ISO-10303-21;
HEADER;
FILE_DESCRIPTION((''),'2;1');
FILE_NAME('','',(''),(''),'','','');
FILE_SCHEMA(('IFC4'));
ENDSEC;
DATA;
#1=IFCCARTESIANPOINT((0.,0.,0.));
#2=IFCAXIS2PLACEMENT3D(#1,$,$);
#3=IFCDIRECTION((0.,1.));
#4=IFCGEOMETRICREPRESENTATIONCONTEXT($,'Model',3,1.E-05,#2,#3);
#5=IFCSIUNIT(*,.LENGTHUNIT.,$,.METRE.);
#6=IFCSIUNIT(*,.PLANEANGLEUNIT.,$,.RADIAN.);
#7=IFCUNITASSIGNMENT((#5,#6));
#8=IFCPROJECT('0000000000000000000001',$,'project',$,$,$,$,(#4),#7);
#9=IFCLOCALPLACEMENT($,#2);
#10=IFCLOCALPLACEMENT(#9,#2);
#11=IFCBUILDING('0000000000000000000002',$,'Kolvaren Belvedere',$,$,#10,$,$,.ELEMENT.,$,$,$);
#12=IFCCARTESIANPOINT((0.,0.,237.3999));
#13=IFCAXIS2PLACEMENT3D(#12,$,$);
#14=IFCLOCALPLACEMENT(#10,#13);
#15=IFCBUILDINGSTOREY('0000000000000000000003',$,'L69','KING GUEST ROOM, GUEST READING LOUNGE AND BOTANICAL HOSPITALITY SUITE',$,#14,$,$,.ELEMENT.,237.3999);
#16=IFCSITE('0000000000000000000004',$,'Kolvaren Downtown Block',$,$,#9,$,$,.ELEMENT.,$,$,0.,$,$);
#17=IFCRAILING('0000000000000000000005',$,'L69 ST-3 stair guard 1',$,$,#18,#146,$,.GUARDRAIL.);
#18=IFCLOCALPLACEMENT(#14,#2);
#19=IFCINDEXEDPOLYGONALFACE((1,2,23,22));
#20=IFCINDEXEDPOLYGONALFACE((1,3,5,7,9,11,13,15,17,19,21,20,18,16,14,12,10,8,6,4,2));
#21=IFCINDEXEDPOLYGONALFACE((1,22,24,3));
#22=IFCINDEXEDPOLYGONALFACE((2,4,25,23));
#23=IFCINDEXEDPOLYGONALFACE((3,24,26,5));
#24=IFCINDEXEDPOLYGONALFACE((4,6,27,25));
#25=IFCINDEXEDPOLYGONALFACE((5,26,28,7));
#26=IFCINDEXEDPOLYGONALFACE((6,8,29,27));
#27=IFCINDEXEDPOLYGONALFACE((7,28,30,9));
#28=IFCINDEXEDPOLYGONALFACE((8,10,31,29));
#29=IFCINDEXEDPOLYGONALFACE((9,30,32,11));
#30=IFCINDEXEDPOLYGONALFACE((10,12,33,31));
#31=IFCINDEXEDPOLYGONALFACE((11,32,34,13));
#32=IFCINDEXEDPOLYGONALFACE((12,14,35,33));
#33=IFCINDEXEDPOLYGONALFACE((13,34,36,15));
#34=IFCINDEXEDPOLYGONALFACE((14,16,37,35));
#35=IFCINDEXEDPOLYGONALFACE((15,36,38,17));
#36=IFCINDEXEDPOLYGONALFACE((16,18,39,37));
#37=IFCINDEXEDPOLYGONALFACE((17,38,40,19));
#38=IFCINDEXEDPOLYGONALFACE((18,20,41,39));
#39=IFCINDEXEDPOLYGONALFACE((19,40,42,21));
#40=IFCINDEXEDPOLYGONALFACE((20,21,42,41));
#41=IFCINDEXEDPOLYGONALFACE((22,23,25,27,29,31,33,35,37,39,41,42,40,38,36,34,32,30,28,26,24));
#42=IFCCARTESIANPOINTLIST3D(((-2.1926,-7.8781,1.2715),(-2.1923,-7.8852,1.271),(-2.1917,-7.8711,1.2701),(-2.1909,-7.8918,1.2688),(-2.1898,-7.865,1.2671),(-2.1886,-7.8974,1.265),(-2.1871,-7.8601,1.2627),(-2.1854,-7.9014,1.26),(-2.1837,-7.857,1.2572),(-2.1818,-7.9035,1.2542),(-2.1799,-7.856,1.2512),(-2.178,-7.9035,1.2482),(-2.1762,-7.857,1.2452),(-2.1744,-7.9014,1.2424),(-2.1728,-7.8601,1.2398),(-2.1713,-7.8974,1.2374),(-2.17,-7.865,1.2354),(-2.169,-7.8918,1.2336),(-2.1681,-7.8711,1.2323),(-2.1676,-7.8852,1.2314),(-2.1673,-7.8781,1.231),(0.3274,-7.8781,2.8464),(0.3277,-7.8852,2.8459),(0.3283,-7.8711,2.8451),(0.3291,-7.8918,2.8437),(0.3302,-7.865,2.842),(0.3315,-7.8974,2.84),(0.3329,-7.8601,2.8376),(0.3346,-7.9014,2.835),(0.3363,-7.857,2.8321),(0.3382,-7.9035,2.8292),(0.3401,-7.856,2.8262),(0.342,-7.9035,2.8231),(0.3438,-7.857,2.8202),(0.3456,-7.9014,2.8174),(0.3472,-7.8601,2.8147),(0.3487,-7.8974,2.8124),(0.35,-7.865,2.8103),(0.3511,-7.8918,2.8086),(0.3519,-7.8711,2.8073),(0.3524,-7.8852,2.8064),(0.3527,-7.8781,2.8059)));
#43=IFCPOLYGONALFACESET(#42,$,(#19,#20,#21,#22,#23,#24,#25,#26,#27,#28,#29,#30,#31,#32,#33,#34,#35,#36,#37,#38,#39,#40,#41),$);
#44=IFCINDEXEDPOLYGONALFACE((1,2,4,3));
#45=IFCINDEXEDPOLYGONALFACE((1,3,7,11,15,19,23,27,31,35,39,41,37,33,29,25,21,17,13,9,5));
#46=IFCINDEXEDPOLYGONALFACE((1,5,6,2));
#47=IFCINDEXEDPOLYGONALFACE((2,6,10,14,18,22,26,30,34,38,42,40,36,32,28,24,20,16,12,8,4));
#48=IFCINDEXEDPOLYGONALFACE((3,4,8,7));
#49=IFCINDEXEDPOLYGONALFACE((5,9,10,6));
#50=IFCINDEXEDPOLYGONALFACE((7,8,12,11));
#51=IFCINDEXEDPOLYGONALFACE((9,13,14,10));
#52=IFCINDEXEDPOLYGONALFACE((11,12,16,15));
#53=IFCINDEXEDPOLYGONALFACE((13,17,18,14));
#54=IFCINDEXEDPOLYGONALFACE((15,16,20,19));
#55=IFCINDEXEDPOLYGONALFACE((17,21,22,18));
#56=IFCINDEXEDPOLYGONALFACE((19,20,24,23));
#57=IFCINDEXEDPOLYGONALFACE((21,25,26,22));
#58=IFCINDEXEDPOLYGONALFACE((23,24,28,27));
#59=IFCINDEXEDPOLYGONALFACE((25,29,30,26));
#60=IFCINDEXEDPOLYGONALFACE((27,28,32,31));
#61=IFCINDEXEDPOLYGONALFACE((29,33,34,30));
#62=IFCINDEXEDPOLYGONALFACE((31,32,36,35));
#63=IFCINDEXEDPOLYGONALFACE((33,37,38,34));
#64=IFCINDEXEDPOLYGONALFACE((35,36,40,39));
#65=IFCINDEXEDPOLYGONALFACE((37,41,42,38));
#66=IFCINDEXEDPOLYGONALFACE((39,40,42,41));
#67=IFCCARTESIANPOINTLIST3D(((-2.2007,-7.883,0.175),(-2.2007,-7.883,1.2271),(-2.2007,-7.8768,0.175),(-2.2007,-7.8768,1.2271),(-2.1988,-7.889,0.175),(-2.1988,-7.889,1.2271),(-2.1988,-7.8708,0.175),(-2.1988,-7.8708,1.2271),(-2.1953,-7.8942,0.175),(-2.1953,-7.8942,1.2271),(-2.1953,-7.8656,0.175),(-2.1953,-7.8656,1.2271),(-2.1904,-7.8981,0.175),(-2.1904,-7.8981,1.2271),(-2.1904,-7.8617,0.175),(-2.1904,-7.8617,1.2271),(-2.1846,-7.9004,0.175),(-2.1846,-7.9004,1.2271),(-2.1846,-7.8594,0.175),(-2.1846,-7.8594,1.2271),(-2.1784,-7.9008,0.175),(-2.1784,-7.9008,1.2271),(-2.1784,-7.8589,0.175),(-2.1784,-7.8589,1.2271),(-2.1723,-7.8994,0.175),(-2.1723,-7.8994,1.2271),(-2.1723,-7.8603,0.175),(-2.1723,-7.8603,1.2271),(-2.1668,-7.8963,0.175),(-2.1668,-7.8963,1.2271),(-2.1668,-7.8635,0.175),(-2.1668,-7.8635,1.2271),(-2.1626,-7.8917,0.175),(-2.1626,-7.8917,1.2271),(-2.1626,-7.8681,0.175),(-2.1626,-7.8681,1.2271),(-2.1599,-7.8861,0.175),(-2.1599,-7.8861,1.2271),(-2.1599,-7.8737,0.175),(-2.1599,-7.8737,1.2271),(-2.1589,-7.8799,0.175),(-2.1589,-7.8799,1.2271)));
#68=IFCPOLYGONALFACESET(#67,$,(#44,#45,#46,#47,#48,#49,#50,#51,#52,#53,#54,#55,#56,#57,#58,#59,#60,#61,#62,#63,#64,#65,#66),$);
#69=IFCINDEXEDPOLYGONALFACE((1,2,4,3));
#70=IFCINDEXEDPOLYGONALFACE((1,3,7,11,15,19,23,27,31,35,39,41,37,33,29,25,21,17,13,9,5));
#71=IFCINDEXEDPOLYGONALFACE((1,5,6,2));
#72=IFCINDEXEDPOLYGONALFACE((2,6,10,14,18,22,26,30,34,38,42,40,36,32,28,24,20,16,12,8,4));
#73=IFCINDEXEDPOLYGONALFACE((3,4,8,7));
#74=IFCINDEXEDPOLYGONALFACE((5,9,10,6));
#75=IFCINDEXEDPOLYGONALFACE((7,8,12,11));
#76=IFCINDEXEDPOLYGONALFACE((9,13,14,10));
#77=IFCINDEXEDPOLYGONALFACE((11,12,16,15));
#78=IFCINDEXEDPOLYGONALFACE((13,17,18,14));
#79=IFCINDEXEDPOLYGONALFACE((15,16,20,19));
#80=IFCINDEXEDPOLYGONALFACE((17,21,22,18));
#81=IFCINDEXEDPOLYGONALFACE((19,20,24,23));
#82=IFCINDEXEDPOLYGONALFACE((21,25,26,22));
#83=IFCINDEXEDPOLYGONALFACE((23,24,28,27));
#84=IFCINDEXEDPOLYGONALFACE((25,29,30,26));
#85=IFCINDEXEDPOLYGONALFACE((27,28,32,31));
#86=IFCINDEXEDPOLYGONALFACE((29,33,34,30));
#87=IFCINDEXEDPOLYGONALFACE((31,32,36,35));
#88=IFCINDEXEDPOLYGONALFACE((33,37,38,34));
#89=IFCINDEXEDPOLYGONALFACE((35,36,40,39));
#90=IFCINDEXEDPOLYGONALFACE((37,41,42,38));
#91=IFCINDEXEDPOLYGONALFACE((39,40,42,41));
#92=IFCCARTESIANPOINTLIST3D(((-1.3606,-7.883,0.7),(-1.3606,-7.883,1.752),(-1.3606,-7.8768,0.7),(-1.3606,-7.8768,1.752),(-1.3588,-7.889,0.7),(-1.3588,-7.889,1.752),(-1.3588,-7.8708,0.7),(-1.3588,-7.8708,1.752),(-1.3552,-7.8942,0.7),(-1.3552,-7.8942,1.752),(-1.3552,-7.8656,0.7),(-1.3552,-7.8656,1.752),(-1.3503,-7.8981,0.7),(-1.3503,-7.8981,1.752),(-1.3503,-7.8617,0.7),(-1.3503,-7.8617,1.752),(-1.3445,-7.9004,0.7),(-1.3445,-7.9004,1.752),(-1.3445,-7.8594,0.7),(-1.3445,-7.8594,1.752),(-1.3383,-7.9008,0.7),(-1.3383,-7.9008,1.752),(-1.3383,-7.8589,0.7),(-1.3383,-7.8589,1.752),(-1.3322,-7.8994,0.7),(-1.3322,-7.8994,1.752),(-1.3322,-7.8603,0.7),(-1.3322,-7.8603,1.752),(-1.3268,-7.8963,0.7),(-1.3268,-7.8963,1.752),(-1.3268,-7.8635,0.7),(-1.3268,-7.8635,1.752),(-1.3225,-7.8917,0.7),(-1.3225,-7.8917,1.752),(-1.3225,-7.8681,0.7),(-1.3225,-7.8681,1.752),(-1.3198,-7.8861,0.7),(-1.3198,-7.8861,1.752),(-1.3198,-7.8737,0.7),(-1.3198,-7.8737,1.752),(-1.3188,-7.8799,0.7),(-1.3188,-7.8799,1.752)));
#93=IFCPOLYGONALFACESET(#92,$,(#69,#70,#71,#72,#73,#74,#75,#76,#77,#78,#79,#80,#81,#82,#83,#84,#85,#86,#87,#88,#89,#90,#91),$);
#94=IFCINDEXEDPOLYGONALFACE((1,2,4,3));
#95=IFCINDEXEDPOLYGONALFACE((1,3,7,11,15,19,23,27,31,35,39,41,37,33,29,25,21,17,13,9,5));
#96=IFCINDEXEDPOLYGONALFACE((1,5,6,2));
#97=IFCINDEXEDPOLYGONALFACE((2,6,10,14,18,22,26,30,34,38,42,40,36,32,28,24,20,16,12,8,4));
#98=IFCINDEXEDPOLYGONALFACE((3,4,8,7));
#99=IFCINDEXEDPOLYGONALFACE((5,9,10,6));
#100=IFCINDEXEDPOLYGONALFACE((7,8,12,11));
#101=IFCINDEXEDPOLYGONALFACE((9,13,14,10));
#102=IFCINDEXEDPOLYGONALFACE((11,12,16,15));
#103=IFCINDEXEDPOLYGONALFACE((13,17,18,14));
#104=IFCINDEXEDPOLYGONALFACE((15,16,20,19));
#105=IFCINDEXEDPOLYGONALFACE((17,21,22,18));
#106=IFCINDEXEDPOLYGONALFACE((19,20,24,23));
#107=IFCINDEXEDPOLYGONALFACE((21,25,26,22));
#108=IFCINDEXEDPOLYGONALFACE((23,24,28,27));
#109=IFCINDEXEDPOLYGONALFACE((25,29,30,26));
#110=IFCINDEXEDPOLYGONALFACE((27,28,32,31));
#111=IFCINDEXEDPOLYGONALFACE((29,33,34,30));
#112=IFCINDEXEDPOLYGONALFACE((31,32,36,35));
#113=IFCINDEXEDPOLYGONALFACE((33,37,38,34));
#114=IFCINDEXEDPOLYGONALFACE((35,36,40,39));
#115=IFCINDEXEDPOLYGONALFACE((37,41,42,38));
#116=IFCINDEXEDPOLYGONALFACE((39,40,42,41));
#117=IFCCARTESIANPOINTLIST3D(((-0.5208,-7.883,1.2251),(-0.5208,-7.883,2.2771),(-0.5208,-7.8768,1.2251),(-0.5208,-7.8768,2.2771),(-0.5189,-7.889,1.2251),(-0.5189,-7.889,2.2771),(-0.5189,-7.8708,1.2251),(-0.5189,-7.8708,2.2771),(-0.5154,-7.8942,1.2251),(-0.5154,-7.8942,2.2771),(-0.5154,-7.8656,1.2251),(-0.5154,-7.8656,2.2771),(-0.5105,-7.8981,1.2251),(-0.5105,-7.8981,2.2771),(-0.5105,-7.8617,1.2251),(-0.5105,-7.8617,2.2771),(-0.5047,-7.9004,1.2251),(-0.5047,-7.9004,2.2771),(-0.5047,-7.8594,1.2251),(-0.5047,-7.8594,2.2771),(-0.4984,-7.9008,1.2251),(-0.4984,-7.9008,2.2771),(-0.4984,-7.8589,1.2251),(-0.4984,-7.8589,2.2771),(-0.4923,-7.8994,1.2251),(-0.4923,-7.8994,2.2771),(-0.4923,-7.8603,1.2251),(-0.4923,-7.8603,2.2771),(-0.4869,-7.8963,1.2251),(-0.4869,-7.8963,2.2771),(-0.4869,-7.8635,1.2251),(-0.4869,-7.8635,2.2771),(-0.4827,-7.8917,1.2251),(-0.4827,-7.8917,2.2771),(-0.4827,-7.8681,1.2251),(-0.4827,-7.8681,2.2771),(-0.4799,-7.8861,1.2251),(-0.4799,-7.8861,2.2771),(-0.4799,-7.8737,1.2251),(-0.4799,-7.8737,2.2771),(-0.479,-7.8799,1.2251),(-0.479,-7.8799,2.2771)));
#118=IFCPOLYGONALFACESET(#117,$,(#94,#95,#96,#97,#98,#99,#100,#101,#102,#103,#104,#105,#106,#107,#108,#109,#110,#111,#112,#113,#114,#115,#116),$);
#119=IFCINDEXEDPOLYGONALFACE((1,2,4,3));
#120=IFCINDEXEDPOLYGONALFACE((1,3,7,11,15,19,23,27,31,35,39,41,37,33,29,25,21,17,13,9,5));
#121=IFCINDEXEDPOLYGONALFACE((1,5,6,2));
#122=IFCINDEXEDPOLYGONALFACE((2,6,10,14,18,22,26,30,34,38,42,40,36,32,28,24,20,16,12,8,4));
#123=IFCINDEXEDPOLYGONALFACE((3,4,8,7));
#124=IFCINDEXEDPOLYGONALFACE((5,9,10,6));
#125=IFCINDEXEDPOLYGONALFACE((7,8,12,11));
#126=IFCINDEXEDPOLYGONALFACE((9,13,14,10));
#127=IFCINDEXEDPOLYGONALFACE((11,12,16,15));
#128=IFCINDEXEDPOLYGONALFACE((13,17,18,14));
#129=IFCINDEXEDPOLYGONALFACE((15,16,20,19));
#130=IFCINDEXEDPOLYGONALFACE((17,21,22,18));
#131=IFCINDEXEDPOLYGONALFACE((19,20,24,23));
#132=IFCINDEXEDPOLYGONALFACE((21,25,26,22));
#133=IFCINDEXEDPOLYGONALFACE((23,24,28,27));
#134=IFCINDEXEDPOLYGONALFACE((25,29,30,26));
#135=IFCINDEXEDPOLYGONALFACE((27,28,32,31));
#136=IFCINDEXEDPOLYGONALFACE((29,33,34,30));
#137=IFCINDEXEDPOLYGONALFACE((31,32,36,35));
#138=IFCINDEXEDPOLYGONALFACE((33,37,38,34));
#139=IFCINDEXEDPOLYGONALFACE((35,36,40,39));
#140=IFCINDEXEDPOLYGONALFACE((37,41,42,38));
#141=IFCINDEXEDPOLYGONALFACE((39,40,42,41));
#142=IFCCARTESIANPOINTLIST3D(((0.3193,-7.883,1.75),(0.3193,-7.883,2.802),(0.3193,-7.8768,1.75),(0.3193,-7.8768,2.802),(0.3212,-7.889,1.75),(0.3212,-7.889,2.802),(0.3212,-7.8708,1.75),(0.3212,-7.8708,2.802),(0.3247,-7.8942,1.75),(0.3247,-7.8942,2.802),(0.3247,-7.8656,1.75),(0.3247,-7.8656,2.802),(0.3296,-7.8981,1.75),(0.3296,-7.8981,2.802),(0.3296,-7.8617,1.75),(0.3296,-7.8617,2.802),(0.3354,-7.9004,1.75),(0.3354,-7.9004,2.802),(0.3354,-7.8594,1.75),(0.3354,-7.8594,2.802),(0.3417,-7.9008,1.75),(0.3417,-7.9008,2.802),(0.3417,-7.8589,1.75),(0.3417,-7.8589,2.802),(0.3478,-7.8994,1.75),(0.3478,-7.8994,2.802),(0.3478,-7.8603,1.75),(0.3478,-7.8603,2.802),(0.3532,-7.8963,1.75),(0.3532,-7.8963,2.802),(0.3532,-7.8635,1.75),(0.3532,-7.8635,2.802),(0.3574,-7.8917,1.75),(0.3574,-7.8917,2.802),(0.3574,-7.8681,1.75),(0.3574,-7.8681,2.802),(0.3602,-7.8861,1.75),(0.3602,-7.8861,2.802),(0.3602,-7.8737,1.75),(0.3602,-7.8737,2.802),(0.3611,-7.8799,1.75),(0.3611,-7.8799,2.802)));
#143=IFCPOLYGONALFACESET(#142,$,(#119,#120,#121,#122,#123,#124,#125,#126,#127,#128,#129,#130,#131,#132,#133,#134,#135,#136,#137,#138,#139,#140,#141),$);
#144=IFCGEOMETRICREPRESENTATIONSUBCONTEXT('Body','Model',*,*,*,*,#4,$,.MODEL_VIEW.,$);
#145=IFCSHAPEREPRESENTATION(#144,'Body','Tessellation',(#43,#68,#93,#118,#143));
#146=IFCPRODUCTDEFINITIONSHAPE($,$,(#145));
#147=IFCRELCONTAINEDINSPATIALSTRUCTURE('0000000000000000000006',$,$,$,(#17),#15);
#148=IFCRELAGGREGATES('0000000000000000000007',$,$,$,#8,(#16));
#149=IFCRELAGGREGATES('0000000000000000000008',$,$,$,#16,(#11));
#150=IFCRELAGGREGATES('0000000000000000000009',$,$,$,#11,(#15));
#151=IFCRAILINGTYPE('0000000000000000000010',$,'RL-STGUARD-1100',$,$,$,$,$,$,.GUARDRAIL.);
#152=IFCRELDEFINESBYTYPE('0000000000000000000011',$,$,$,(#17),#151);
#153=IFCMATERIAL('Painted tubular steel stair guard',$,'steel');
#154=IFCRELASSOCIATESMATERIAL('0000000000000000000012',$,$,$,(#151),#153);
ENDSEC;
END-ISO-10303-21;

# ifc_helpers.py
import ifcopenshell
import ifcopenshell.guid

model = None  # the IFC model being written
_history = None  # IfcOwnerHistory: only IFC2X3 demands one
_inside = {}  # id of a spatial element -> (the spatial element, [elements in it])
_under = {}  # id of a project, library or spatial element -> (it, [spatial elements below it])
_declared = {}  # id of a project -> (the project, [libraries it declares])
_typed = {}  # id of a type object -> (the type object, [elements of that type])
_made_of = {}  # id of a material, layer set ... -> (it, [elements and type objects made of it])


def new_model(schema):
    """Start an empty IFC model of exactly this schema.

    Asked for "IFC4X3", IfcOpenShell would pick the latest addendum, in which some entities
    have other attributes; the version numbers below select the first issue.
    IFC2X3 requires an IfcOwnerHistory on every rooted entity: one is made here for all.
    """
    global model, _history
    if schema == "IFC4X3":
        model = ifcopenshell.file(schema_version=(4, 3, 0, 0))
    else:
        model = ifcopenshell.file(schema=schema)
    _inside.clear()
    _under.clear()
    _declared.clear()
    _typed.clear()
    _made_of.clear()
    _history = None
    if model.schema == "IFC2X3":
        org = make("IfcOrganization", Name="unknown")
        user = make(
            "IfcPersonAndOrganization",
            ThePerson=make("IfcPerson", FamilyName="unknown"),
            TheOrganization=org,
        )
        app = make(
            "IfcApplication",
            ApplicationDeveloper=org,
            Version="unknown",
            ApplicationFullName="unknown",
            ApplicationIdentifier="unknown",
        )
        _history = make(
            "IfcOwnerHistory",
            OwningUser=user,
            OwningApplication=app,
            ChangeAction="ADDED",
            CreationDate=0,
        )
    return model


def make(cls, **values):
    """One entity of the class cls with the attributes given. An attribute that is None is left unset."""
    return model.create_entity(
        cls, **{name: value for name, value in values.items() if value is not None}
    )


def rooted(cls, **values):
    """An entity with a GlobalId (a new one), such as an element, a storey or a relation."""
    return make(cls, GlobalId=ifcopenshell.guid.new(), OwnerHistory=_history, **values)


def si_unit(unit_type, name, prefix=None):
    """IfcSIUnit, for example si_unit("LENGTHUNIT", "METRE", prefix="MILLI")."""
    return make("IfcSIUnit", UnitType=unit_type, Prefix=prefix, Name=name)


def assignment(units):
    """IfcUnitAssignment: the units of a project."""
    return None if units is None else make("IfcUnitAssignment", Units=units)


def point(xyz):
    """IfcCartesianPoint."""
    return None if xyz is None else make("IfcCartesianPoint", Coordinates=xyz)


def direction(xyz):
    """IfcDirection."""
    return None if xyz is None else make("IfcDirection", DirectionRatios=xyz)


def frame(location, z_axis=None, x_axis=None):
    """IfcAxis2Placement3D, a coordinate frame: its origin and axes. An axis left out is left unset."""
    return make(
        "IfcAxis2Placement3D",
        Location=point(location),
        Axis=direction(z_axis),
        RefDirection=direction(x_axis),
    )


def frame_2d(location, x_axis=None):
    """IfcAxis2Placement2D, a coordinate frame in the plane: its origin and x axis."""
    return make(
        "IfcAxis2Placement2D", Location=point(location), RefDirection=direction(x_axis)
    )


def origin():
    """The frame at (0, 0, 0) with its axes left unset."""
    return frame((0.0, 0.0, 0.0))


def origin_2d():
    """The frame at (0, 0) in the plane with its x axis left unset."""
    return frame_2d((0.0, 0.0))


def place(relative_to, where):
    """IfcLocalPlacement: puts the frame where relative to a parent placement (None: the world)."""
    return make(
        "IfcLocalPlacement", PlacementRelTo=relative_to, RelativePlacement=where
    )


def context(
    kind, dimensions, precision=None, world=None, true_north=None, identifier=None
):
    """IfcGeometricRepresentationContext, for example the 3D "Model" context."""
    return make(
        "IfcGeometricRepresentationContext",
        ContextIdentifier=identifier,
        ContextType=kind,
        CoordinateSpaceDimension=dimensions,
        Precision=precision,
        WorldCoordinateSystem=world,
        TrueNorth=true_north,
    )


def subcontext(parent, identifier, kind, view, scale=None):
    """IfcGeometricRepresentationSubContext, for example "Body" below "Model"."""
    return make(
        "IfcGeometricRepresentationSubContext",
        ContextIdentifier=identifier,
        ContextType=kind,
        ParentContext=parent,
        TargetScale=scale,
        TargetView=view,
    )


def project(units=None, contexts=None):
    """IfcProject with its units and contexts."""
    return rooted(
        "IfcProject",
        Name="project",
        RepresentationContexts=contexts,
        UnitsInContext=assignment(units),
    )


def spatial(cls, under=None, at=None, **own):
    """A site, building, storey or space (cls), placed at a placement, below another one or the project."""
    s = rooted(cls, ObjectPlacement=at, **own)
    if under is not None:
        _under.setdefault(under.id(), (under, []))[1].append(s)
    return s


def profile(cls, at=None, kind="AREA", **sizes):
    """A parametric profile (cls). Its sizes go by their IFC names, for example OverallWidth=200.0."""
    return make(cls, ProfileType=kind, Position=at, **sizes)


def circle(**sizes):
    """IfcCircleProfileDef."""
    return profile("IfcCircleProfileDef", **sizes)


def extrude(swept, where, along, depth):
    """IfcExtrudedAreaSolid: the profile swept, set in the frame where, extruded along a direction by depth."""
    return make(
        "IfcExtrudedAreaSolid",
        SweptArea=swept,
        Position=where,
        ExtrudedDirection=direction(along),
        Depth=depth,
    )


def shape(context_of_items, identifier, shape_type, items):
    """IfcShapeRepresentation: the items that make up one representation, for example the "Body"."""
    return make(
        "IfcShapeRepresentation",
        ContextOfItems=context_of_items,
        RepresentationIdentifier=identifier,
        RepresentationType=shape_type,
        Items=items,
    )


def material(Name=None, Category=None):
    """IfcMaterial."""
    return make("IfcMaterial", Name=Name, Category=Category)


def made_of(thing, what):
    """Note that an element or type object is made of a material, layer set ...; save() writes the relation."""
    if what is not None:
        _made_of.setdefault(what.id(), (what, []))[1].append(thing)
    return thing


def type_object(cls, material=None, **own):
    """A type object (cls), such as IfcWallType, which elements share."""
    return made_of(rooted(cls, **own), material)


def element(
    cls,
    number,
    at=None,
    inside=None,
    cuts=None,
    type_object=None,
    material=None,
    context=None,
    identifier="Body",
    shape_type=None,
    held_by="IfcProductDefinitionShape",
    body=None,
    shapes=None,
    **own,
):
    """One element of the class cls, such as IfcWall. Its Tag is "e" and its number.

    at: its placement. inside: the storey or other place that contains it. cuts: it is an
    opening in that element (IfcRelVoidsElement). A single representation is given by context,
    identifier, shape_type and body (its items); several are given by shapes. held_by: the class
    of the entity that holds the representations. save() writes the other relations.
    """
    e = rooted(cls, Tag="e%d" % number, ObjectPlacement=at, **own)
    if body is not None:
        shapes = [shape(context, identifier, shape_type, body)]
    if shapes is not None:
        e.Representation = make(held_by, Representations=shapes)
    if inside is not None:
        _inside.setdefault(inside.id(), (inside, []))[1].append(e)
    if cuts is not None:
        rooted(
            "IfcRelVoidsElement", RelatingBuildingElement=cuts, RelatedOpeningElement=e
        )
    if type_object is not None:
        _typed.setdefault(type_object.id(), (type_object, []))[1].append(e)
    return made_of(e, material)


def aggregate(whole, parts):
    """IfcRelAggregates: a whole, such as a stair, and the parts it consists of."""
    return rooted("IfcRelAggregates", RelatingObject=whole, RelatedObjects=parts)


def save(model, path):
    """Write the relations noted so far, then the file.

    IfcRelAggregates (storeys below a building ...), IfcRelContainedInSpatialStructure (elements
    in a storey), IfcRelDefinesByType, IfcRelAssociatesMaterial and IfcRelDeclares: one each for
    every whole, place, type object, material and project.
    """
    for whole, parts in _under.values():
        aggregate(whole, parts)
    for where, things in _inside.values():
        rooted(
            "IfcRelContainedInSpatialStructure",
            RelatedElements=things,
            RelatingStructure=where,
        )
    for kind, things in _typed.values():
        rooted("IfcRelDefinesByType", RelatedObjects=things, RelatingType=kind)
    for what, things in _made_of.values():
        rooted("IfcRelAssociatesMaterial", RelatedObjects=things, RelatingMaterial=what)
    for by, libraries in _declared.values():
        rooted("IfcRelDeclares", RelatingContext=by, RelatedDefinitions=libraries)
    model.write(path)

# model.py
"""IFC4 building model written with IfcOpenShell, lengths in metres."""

from ifc_helpers import new_model, si_unit, direction, frame, origin, origin_2d, place, context, subcontext, project, spatial, circle, extrude, material, type_object, element, save


model = new_model("IFC4")

# Units and contexts
model_context = context("Model", 3, precision=1e-05, world=origin(), true_north=direction((0.0, 1.0)))
body_context = subcontext(model_context, "Body", "Model", "MODEL_VIEW")
ifc_project = project(units=[si_unit("LENGTHUNIT", "METRE"), si_unit("PLANEANGLEUNIT", "RADIAN")], contexts=[model_context])

# Site, building, storey
site_placement = place(None, origin())
site = spatial("IfcSite", under=ifc_project, at=site_placement, Name="Kolvaren Downtown Block", CompositionType="ELEMENT", RefElevation=0.0)
building_placement = place(site_placement, origin())
building = spatial("IfcBuilding", under=site, at=building_placement, Name="Kolvaren Belvedere", CompositionType="ELEMENT")
storey_placement = place(building_placement, frame((0.0, 0.0, 237.3999)))
storey = spatial("IfcBuildingStorey", under=building, at=storey_placement, Name="L69", Description="KING GUEST ROOM, GUEST READING LOUNGE AND BOTANICAL HOSPITALITY SUITE", CompositionType="ELEMENT", Elevation=237.3999)

# Railing
ifc_material_1 = material(Name="Painted tubular steel stair guard", Category="steel")
railing_type_1 = type_object("IfcRailingType", Name="RL-STGUARD-1100", PredefinedType="GUARDRAIL", material=ifc_material_1)
railing_1_placement = place(storey_placement, frame((-2.1799, -7.8799, 0.175)))
element("IfcRailing", 1, at=railing_1_placement, inside=storey, type_object=railing_type_1, Name="L69 ST-3 stair guard 1", PredefinedType="GUARDRAIL", context=body_context, shape_type="SweptSolid", body=[
    extrude(circle(Radius=0.0239, at=origin_2d()), frame((0.0, 0.0, 1.0762), z_axis=(0.848008, 0.0, 0.529984), x_axis=(0.0, 1.0, 0.0)), (0.0, 0.0, 1.0), 2.9717),
    extrude(circle(Radius=0.021, at=origin_2d()), origin(), (0.0, 0.0, 1.0), 1.052),
    extrude(circle(Radius=0.021, at=origin_2d()), frame((0.8401, 0.0, 0.5249)), (0.0, 0.0, 1.0), 1.052),
    extrude(circle(Radius=0.021, at=origin_2d()), frame((1.6799, 0.0, 1.05)), (0.0, 0.0, 1.0), 1.052),
    extrude(circle(Radius=0.021, at=origin_2d()), frame((2.52, 0.0, 1.575)), (0.0, 0.0, 1.0), 1.052),
])

save(model, "model.ifc")
